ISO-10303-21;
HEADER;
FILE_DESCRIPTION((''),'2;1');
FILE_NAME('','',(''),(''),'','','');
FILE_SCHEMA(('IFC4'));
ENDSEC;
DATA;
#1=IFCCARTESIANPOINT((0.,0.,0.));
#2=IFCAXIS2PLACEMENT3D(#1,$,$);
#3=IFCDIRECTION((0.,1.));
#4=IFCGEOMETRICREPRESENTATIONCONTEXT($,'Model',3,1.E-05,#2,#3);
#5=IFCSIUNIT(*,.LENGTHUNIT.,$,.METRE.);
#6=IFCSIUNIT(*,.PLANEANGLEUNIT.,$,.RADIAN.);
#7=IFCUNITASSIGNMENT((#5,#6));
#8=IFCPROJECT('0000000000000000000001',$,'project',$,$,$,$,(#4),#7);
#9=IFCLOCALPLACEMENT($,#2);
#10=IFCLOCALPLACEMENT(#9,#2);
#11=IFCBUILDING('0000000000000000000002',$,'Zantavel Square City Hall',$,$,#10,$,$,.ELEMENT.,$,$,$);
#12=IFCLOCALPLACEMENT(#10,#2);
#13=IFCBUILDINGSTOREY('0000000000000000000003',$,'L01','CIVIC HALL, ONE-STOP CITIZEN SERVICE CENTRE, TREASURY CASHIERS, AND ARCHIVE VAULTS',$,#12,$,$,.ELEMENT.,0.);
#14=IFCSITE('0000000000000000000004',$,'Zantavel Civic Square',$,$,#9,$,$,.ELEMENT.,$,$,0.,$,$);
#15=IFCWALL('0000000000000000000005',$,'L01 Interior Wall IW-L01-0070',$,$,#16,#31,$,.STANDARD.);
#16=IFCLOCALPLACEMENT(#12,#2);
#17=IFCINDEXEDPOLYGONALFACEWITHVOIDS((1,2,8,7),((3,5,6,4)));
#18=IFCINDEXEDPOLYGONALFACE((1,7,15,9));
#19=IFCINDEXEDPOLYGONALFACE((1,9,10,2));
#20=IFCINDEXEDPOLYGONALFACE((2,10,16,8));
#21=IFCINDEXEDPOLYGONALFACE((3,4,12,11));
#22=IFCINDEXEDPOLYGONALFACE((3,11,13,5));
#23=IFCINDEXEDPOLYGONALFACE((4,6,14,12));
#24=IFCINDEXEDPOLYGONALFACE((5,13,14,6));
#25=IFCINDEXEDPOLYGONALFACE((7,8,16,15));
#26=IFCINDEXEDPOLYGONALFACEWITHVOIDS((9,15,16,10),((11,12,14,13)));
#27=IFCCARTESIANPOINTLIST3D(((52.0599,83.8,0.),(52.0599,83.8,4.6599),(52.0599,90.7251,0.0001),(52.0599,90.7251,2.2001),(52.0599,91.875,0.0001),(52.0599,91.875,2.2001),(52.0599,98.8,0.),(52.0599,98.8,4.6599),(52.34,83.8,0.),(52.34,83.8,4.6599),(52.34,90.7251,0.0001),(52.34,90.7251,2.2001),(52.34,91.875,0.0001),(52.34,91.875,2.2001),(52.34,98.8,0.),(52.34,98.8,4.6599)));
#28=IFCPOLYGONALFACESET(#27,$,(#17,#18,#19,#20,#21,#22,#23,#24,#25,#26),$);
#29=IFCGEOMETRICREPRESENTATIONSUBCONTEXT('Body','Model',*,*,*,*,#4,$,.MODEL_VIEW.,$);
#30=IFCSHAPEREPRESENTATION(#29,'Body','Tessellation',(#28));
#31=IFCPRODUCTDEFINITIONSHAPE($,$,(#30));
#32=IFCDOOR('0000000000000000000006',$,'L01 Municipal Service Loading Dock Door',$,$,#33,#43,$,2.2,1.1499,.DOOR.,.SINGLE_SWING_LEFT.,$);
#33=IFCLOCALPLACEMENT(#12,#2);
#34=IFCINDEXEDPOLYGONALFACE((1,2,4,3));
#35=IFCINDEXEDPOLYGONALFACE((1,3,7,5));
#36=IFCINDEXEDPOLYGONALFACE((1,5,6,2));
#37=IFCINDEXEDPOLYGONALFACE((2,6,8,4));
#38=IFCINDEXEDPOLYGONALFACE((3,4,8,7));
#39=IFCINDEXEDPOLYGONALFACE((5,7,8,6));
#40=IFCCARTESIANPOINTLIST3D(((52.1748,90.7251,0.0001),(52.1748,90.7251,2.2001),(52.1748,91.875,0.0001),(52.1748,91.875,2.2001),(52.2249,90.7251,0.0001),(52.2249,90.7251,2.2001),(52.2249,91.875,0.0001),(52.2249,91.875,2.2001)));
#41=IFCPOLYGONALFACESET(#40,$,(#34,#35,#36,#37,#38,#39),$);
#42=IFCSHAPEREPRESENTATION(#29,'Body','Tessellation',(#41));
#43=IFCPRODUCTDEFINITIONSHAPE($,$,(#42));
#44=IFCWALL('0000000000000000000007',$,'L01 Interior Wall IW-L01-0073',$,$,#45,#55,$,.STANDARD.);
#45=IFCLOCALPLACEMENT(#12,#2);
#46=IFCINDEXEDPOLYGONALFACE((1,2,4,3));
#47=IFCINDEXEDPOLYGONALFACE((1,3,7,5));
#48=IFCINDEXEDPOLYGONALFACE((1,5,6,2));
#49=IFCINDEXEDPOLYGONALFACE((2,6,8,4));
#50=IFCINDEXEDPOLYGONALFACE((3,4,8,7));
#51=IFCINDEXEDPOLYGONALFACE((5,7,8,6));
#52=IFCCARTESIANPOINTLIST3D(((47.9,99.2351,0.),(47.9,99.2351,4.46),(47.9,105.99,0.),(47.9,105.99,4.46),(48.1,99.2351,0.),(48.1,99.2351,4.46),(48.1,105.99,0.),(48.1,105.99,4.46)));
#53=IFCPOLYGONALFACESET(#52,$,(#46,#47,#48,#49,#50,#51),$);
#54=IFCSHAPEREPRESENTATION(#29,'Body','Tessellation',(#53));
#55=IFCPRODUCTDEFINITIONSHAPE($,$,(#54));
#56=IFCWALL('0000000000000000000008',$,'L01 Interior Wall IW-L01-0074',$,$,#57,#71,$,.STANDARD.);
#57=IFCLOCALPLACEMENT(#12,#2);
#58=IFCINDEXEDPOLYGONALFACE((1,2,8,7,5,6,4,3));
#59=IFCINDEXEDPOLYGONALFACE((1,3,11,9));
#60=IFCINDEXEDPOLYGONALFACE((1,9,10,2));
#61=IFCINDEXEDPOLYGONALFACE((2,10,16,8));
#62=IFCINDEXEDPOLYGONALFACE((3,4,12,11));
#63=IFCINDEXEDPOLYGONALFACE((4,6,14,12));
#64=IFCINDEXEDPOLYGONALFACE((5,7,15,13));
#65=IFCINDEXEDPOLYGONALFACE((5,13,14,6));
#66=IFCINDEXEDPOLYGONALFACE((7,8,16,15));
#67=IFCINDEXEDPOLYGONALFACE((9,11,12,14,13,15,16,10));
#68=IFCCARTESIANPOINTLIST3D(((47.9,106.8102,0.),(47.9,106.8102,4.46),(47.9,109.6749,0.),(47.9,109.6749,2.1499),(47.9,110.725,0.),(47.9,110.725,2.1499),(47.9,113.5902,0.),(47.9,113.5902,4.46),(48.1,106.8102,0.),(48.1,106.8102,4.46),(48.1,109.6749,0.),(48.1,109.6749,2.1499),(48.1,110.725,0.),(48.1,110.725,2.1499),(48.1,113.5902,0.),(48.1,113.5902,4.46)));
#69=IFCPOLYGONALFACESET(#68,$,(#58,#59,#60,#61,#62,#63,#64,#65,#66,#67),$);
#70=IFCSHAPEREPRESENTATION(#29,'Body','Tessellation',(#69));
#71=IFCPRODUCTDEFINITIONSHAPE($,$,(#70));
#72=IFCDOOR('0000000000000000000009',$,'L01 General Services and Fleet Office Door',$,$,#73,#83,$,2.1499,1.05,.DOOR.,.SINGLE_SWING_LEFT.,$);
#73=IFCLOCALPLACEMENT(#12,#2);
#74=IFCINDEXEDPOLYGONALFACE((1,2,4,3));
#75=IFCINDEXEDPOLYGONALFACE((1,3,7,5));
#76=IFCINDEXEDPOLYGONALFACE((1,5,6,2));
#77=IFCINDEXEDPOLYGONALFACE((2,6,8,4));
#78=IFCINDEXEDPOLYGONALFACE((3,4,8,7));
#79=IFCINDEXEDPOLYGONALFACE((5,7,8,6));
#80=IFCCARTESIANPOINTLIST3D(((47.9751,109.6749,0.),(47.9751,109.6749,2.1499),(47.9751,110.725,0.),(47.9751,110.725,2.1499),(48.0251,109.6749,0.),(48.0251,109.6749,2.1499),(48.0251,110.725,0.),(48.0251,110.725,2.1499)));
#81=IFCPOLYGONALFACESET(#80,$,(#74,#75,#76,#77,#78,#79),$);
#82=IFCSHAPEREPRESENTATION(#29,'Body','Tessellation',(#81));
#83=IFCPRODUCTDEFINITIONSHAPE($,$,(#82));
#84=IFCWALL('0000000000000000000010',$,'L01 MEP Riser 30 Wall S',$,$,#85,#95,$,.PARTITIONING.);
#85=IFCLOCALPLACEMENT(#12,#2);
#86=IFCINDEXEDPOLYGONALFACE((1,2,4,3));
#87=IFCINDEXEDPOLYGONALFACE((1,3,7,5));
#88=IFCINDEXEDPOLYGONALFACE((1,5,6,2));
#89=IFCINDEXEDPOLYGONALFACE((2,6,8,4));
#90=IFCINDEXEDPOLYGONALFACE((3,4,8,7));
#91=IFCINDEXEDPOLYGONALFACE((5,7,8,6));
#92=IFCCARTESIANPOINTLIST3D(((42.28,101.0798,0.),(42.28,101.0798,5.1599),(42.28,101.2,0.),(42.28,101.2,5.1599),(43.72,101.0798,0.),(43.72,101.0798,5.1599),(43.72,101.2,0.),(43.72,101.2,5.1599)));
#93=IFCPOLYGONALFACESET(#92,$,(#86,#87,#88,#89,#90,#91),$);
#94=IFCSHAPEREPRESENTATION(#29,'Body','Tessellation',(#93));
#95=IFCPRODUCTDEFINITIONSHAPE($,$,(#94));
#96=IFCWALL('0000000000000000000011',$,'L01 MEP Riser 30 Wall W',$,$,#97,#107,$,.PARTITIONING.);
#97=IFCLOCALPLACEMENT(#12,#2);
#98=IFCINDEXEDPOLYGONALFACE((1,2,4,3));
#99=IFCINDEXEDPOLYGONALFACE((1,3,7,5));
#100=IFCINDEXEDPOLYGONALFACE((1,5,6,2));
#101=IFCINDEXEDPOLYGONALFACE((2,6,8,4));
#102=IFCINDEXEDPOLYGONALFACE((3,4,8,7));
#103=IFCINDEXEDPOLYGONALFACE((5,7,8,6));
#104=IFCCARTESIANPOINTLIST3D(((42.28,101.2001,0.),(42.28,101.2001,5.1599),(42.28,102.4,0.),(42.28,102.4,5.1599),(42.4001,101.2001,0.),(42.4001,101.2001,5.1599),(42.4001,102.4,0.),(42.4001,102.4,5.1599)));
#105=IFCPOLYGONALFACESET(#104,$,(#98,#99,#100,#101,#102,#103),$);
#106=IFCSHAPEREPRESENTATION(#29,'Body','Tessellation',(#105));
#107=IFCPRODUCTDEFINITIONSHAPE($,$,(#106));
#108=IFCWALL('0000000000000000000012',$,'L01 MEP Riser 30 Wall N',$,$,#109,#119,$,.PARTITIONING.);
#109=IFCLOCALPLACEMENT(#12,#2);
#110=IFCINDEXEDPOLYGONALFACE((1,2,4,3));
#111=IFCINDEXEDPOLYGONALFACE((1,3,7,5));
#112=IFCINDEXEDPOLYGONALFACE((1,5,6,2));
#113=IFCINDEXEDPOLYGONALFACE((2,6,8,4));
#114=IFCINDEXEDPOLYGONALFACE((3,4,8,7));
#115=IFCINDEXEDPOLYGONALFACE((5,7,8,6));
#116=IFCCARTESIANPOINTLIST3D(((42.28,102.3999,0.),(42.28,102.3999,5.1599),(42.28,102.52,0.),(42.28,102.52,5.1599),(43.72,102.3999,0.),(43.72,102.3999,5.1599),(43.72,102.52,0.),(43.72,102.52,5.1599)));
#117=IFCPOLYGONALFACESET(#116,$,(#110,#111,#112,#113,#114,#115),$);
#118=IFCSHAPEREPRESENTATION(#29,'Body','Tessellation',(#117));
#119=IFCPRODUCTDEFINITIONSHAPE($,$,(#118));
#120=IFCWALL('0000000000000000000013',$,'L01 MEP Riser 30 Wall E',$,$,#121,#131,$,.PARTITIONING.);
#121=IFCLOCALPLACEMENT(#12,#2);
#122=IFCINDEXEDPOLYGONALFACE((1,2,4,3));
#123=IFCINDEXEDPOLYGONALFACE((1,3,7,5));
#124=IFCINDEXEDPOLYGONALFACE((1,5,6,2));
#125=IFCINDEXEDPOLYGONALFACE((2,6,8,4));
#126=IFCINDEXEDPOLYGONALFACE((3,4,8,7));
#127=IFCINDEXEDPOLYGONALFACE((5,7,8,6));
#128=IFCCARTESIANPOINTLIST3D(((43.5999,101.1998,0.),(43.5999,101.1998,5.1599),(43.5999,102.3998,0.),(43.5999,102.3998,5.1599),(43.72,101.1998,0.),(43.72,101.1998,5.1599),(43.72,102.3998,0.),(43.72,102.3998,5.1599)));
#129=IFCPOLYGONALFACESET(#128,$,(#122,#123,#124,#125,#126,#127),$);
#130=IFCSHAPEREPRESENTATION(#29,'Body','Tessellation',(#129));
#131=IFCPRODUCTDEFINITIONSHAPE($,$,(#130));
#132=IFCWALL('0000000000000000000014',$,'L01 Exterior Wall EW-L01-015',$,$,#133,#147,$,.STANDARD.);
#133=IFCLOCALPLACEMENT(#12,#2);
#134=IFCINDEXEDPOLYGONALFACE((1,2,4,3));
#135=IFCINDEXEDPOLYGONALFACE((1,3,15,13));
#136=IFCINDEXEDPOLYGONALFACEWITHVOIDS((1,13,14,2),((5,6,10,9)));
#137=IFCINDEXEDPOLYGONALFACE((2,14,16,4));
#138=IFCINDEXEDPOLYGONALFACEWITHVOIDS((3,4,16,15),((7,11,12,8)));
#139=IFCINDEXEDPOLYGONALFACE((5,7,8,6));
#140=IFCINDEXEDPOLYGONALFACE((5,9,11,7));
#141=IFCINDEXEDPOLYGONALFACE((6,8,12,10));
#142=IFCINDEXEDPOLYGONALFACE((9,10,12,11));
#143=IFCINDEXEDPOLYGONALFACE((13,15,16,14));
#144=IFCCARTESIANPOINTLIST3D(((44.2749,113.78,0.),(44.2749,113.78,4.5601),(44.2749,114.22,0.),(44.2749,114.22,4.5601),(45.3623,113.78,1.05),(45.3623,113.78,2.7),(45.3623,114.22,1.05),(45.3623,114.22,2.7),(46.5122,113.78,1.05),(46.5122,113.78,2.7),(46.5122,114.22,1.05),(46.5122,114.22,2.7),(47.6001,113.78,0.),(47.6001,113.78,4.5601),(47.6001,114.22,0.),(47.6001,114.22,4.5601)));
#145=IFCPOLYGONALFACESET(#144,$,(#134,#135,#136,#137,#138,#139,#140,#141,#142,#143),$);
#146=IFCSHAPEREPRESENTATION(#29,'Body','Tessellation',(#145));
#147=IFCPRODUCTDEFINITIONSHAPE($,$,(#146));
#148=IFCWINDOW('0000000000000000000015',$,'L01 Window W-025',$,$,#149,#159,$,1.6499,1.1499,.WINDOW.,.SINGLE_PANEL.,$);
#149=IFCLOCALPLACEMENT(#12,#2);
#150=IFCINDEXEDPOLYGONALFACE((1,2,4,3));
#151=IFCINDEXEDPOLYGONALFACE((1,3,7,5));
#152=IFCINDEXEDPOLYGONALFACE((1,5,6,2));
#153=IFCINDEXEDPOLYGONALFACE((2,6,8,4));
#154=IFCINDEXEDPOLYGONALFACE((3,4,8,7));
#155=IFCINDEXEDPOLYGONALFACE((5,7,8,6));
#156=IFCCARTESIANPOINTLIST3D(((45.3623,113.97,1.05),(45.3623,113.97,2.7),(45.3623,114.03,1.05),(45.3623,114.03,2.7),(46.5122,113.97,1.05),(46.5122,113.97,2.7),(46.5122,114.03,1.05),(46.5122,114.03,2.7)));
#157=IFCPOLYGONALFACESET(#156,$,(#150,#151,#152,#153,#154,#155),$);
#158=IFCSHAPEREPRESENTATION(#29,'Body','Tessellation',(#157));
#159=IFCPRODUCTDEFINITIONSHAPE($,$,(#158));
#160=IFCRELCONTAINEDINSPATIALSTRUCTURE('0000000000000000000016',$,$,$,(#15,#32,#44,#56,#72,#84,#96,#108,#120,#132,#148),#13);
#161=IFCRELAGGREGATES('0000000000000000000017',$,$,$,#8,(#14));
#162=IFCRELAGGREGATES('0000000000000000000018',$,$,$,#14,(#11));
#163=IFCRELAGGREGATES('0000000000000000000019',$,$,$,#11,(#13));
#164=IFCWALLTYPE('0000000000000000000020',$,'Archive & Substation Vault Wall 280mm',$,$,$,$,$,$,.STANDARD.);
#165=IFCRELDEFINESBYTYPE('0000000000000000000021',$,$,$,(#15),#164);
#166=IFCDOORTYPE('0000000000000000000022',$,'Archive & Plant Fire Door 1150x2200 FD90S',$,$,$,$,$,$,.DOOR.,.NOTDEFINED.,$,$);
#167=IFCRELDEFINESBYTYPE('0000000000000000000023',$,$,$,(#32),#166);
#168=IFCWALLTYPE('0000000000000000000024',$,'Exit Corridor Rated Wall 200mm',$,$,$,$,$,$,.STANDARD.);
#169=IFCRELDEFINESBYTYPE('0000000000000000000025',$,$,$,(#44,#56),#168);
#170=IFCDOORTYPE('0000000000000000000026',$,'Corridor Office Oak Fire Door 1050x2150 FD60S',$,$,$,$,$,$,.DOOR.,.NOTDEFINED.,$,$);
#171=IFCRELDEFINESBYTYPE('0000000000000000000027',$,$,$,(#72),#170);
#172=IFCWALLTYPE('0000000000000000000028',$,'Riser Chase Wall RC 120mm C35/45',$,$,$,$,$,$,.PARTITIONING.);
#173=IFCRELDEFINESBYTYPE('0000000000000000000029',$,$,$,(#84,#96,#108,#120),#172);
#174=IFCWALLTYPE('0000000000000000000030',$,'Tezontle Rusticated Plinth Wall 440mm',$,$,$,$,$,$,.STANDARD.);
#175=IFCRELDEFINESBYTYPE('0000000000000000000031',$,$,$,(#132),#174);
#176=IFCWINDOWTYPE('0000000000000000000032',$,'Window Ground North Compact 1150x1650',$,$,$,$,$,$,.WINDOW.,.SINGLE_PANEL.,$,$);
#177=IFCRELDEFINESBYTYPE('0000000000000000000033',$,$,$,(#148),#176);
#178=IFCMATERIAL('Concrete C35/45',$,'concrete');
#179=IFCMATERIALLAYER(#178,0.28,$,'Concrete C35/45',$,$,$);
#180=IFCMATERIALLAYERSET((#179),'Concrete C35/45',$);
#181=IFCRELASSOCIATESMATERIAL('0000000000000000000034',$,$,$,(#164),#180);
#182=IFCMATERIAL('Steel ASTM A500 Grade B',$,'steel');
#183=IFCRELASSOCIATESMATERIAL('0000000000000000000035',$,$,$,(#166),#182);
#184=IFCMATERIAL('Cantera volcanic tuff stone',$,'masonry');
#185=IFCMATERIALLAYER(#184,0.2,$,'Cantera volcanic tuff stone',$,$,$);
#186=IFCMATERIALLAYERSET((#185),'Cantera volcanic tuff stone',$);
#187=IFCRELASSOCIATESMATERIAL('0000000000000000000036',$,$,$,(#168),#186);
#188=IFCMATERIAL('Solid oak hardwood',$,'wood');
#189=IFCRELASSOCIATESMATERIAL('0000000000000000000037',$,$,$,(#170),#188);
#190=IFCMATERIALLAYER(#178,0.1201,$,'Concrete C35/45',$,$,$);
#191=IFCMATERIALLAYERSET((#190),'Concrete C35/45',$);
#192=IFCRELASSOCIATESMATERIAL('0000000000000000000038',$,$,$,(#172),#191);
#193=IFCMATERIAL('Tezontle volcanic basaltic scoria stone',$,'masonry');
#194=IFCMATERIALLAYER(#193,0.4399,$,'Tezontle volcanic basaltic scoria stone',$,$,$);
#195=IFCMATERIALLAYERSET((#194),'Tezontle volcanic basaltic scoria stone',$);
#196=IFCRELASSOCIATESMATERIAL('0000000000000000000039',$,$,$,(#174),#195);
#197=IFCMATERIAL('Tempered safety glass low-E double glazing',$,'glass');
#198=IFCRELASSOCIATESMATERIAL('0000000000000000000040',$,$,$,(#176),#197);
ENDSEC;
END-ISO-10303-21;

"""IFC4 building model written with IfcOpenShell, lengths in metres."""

from ifc_helpers import new_model, si_unit, direction, frame, frame_2d, origin, place, context, subcontext, project, spatial, rectangle, extrude, material, layer, layer_set, type_object, element, fill, save


model = new_model("IFC4")

# Units and contexts
model_context = context("Model", 3, precision=1e-05, world=origin(), true_north=direction((0.0, 1.0)))
body_context = subcontext(model_context, "Body", "Model", "MODEL_VIEW")
ifc_project = project(units=[si_unit("LENGTHUNIT", "METRE"), si_unit("PLANEANGLEUNIT", "RADIAN")], contexts=[model_context])

# Site, building, storey
site_placement = place(None, origin())
site = spatial("IfcSite", under=ifc_project, at=site_placement, Name="Zantavel Civic Square", CompositionType="ELEMENT", RefElevation=0.0)
building_placement = place(site_placement, origin())
building = spatial("IfcBuilding", under=site, at=building_placement, Name="Zantavel Square City Hall", CompositionType="ELEMENT")
storey_placement = place(building_placement, origin())
storey = spatial("IfcBuildingStorey", under=building, at=storey_placement, Name="L01", Description="CIVIC HALL, ONE-STOP CITIZEN SERVICE CENTRE, TREASURY CASHIERS, AND ARCHIVE VAULTS", CompositionType="ELEMENT", Elevation=0.0)

# Shared definitions
ifc_material_1 = material(Name="Concrete C35/45", Category="concrete")

# Wall, opening, door
ifc_layer_1 = layer(ifc_material_1, 0.28, Name="Concrete C35/45")
ifc_layer_set_1 = layer_set([ifc_layer_1], Name="Concrete C35/45")
wall_type_1 = type_object("IfcWallType", Name="Archive & Substation Vault Wall 280mm", PredefinedType="STANDARD", material=ifc_layer_set_1)
wall_1_placement = place(storey_placement, frame((52.2, 98.8, 0.0), z_axis=(0.0, 0.0, 1.0), x_axis=(0.0, -1.0, 0.0)))
wall_1 = element("IfcWall", 1, at=wall_1_placement, inside=storey, type_object=wall_type_1, Name="L01 Interior Wall IW-L01-0070", PredefinedType="STANDARD", context=body_context, shape_type="SweptSolid", body=[
    extrude(rectangle(XDim=15.0, YDim=0.28, at=frame_2d((7.5, 0.0))), origin(), (0.0, 0.0, 1.0), 4.6599),
])
opening_1_placement = place(wall_1_placement, frame((6.925, 0.0, 0.0)))
opening_1 = element("IfcOpeningElement", 2, at=opening_1_placement, cuts=wall_1, PredefinedType="OPENING", context=body_context, shape_type="SweptSolid", body=[
    extrude(rectangle(XDim=1.1499, YDim=2.2, at=frame_2d((0.575, 1.1001))), frame((0.0, 0.1499, 0.0), z_axis=(0.0, -1.0, 0.0), x_axis=(1.0, 0.0, 0.0)), (0.0, 0.0, 1.0), 0.3),
])
ifc_material_2 = material(Name="Steel ASTM A500 Grade B", Category="steel")
door_type_1 = type_object("IfcDoorType", Name="Archive & Plant Fire Door 1150x2200 FD90S", OperationType="NOTDEFINED", PredefinedType="DOOR", material=ifc_material_2)
door_1_placement = place(opening_1_placement, origin())
door_1 = element("IfcDoor", 3, at=door_1_placement, inside=storey, type_object=door_type_1, Name="L01 Municipal Service Loading Dock Door", OperationType="SINGLE_SWING_LEFT", OverallHeight=2.2, OverallWidth=1.1499, PredefinedType="DOOR", context=body_context, shape_type="SweptSolid", body=[
    extrude(rectangle(XDim=1.1499, YDim=2.2, at=frame_2d((0.575, 1.1001))), frame((0.0, 0.0249, 0.0), z_axis=(0.0, -1.0, 0.0), x_axis=(1.0, 0.0, 0.0)), (0.0, 0.0, 1.0), 0.05),
])
fill(opening_1, door_1)

# Wall
ifc_material_3 = material(Name="Cantera volcanic tuff stone", Category="masonry")
ifc_layer_2 = layer(ifc_material_3, 0.2, Name="Cantera volcanic tuff stone")
ifc_layer_set_2 = layer_set([ifc_layer_2], Name="Cantera volcanic tuff stone")
wall_type_2 = type_object("IfcWallType", Name="Exit Corridor Rated Wall 200mm", PredefinedType="STANDARD", material=ifc_layer_set_2)
wall_2_placement = place(storey_placement, frame((48.0, 99.2351, 0.0), z_axis=(0.0, 0.0, 1.0), x_axis=(0.0, 1.0, 0.0)))
element("IfcWall", 4, at=wall_2_placement, inside=storey, type_object=wall_type_2, Name="L01 Interior Wall IW-L01-0073", PredefinedType="STANDARD", context=body_context, shape_type="SweptSolid", body=[
    extrude(rectangle(XDim=6.7549, YDim=0.2, at=frame_2d((3.3774, 0.0))), origin(), (0.0, 0.0, 1.0), 4.46),
])

# Wall, opening, door
wall_3_placement = place(storey_placement, frame((48.0, 106.8101, 0.0), z_axis=(0.0, 0.0, 1.0), x_axis=(0.0, 1.0, 0.0)))
wall_3 = element("IfcWall", 5, at=wall_3_placement, inside=storey, type_object=wall_type_2, Name="L01 Interior Wall IW-L01-0074", PredefinedType="STANDARD", context=body_context, shape_type="SweptSolid", body=[
    extrude(rectangle(XDim=6.78, YDim=0.2, at=frame_2d((3.3901, 0.0))), origin(), (0.0, 0.0, 1.0), 4.46),
])
opening_2_placement = place(wall_3_placement, frame((2.865, 0.0, 0.0)))
opening_2 = element("IfcOpeningElement", 6, at=opening_2_placement, cuts=wall_3, PredefinedType="OPENING", context=body_context, shape_type="SweptSolid", body=[
    extrude(rectangle(XDim=1.05, YDim=2.1499, at=frame_2d((0.5249, 1.075))), frame((0.0, 0.1099, 0.0), z_axis=(0.0, -1.0, 0.0), x_axis=(1.0, 0.0, 0.0)), (0.0, 0.0, 1.0), 0.22),
])
ifc_material_4 = material(Name="Solid oak hardwood", Category="wood")
door_type_2 = type_object("IfcDoorType", Name="Corridor Office Oak Fire Door 1050x2150 FD60S", OperationType="NOTDEFINED", PredefinedType="DOOR", material=ifc_material_4)
door_2_placement = place(opening_2_placement, origin())
door_2 = element("IfcDoor", 7, at=door_2_placement, inside=storey, type_object=door_type_2, Name="L01 General Services and Fleet Office Door", OperationType="SINGLE_SWING_LEFT", OverallHeight=2.1499, OverallWidth=1.05, PredefinedType="DOOR", context=body_context, shape_type="SweptSolid", body=[
    extrude(rectangle(XDim=1.05, YDim=2.1499, at=frame_2d((0.5249, 1.075))), frame((0.0, 0.0249, 0.0), z_axis=(0.0, -1.0, 0.0), x_axis=(1.0, 0.0, 0.0)), (0.0, 0.0, 1.0), 0.05),
])
fill(opening_2, door_2)

# Walls
ifc_layer_3 = layer(ifc_material_1, 0.1201, Name="Concrete C35/45")
ifc_layer_set_3 = layer_set([ifc_layer_3], Name="Concrete C35/45")
wall_type_3 = type_object("IfcWallType", Name="Riser Chase Wall RC 120mm C35/45", PredefinedType="PARTITIONING", material=ifc_layer_set_3)
wall_4_placement = place(storey_placement, frame((43.72, 101.1399, 0.0), z_axis=(0.0, 0.0, 1.0), x_axis=(-1.0, 0.0, 0.0)))
element("IfcWall", 8, at=wall_4_placement, inside=storey, type_object=wall_type_3, Name="L01 MEP Riser 30 Wall S", PredefinedType="PARTITIONING", context=body_context, shape_type="SweptSolid", body=[
    extrude(rectangle(XDim=1.4399, YDim=0.1201, at=frame_2d((0.72, 0.0))), origin(), (0.0, 0.0, 1.0), 5.1599),
])
wall_5_placement = place(storey_placement, frame((42.3401, 101.2, 0.0), z_axis=(0.0, 0.0, 1.0), x_axis=(0.0, 1.0, 0.0)))
element("IfcWall", 9, at=wall_5_placement, inside=storey, type_object=wall_type_3, Name="L01 MEP Riser 30 Wall W", PredefinedType="PARTITIONING", context=body_context, shape_type="SweptSolid", body=[
    extrude(rectangle(XDim=1.2, YDim=0.1201, at=frame_2d((0.6001, 0.0))), origin(), (0.0, 0.0, 1.0), 5.1599),
])
wall_6_placement = place(storey_placement, frame((42.28, 102.46, 0.0), z_axis=(0.0, 0.0, 1.0), x_axis=(1.0, 0.0, 0.0)))
element("IfcWall", 10, at=wall_6_placement, inside=storey, type_object=wall_type_3, Name="L01 MEP Riser 30 Wall N", PredefinedType="PARTITIONING", context=body_context, shape_type="SweptSolid", body=[
    extrude(rectangle(XDim=1.4399, YDim=0.1201, at=frame_2d((0.72, 0.0))), origin(), (0.0, 0.0, 1.0), 5.1599),
])
wall_7_placement = place(storey_placement, frame((43.6599, 102.3999, 0.0), z_axis=(0.0, 0.0, 1.0), x_axis=(0.0, -1.0, 0.0)))
element("IfcWall", 11, at=wall_7_placement, inside=storey, type_object=wall_type_3, Name="L01 MEP Riser 30 Wall E", PredefinedType="PARTITIONING", context=body_context, shape_type="SweptSolid", body=[
    extrude(rectangle(XDim=1.2, YDim=0.1201, at=frame_2d((0.6001, 0.0))), origin(), (0.0, 0.0, 1.0), 5.1599),
])

# Wall, opening, window
ifc_material_5 = material(Name="Tezontle volcanic basaltic scoria stone", Category="masonry")
ifc_layer_4 = layer(ifc_material_5, 0.4399, Name="Tezontle volcanic basaltic scoria stone")
ifc_layer_set_4 = layer_set([ifc_layer_4], Name="Tezontle volcanic basaltic scoria stone")
wall_type_4 = type_object("IfcWallType", Name="Tezontle Rusticated Plinth Wall 440mm", PredefinedType="STANDARD", material=ifc_layer_set_4)
wall_8_placement = place(storey_placement, frame((44.2749, 114.0, 0.0), z_axis=(0.0, 0.0, 1.0), x_axis=(1.0, 0.0, 0.0)))
wall_8 = element("IfcWall", 12, at=wall_8_placement, inside=storey, type_object=wall_type_4, Name="L01 Exterior Wall EW-L01-015", PredefinedType="STANDARD", context=body_context, shape_type="SweptSolid", body=[
    extrude(rectangle(XDim=3.3252, YDim=0.4399, at=frame_2d((1.6626, 0.0))), origin(), (0.0, 0.0, 1.0), 4.5601),
])
opening_3_placement = place(wall_8_placement, frame((1.0874, 0.0, 1.05)))
opening_3 = element("IfcOpeningElement", 13, at=opening_3_placement, cuts=wall_8, PredefinedType="OPENING", context=body_context, shape_type="SweptSolid", body=[
    extrude(rectangle(XDim=1.1499, YDim=1.6499, at=frame_2d((0.575, 0.825))), frame((0.0, 0.23, 0.0), z_axis=(0.0, -1.0, 0.0), x_axis=(1.0, 0.0, 0.0)), (0.0, 0.0, 1.0), 0.46),
])
ifc_material_6 = material(Name="Tempered safety glass low-E double glazing", Category="glass")
window_type = type_object("IfcWindowType", Name="Window Ground North Compact 1150x1650", PartitioningType="SINGLE_PANEL", PredefinedType="WINDOW", material=ifc_material_6)
window_placement = place(opening_3_placement, origin())
window = element("IfcWindow", 14, at=window_placement, inside=storey, type_object=window_type, Name="L01 Window W-025", OverallHeight=1.6499, OverallWidth=1.1499, PartitioningType="SINGLE_PANEL", PredefinedType="WINDOW", context=body_context, shape_type="SweptSolid", body=[
    extrude(rectangle(XDim=1.1499, YDim=1.6499, at=frame_2d((0.575, 0.825))), frame((0.0, 0.03, 0.0), z_axis=(0.0, -1.0, 0.0), x_axis=(1.0, 0.0, 0.0)), (0.0, 0.0, 1.0), 0.0601),
])
fill(opening_3, window)

save(model, "model.ifc")
